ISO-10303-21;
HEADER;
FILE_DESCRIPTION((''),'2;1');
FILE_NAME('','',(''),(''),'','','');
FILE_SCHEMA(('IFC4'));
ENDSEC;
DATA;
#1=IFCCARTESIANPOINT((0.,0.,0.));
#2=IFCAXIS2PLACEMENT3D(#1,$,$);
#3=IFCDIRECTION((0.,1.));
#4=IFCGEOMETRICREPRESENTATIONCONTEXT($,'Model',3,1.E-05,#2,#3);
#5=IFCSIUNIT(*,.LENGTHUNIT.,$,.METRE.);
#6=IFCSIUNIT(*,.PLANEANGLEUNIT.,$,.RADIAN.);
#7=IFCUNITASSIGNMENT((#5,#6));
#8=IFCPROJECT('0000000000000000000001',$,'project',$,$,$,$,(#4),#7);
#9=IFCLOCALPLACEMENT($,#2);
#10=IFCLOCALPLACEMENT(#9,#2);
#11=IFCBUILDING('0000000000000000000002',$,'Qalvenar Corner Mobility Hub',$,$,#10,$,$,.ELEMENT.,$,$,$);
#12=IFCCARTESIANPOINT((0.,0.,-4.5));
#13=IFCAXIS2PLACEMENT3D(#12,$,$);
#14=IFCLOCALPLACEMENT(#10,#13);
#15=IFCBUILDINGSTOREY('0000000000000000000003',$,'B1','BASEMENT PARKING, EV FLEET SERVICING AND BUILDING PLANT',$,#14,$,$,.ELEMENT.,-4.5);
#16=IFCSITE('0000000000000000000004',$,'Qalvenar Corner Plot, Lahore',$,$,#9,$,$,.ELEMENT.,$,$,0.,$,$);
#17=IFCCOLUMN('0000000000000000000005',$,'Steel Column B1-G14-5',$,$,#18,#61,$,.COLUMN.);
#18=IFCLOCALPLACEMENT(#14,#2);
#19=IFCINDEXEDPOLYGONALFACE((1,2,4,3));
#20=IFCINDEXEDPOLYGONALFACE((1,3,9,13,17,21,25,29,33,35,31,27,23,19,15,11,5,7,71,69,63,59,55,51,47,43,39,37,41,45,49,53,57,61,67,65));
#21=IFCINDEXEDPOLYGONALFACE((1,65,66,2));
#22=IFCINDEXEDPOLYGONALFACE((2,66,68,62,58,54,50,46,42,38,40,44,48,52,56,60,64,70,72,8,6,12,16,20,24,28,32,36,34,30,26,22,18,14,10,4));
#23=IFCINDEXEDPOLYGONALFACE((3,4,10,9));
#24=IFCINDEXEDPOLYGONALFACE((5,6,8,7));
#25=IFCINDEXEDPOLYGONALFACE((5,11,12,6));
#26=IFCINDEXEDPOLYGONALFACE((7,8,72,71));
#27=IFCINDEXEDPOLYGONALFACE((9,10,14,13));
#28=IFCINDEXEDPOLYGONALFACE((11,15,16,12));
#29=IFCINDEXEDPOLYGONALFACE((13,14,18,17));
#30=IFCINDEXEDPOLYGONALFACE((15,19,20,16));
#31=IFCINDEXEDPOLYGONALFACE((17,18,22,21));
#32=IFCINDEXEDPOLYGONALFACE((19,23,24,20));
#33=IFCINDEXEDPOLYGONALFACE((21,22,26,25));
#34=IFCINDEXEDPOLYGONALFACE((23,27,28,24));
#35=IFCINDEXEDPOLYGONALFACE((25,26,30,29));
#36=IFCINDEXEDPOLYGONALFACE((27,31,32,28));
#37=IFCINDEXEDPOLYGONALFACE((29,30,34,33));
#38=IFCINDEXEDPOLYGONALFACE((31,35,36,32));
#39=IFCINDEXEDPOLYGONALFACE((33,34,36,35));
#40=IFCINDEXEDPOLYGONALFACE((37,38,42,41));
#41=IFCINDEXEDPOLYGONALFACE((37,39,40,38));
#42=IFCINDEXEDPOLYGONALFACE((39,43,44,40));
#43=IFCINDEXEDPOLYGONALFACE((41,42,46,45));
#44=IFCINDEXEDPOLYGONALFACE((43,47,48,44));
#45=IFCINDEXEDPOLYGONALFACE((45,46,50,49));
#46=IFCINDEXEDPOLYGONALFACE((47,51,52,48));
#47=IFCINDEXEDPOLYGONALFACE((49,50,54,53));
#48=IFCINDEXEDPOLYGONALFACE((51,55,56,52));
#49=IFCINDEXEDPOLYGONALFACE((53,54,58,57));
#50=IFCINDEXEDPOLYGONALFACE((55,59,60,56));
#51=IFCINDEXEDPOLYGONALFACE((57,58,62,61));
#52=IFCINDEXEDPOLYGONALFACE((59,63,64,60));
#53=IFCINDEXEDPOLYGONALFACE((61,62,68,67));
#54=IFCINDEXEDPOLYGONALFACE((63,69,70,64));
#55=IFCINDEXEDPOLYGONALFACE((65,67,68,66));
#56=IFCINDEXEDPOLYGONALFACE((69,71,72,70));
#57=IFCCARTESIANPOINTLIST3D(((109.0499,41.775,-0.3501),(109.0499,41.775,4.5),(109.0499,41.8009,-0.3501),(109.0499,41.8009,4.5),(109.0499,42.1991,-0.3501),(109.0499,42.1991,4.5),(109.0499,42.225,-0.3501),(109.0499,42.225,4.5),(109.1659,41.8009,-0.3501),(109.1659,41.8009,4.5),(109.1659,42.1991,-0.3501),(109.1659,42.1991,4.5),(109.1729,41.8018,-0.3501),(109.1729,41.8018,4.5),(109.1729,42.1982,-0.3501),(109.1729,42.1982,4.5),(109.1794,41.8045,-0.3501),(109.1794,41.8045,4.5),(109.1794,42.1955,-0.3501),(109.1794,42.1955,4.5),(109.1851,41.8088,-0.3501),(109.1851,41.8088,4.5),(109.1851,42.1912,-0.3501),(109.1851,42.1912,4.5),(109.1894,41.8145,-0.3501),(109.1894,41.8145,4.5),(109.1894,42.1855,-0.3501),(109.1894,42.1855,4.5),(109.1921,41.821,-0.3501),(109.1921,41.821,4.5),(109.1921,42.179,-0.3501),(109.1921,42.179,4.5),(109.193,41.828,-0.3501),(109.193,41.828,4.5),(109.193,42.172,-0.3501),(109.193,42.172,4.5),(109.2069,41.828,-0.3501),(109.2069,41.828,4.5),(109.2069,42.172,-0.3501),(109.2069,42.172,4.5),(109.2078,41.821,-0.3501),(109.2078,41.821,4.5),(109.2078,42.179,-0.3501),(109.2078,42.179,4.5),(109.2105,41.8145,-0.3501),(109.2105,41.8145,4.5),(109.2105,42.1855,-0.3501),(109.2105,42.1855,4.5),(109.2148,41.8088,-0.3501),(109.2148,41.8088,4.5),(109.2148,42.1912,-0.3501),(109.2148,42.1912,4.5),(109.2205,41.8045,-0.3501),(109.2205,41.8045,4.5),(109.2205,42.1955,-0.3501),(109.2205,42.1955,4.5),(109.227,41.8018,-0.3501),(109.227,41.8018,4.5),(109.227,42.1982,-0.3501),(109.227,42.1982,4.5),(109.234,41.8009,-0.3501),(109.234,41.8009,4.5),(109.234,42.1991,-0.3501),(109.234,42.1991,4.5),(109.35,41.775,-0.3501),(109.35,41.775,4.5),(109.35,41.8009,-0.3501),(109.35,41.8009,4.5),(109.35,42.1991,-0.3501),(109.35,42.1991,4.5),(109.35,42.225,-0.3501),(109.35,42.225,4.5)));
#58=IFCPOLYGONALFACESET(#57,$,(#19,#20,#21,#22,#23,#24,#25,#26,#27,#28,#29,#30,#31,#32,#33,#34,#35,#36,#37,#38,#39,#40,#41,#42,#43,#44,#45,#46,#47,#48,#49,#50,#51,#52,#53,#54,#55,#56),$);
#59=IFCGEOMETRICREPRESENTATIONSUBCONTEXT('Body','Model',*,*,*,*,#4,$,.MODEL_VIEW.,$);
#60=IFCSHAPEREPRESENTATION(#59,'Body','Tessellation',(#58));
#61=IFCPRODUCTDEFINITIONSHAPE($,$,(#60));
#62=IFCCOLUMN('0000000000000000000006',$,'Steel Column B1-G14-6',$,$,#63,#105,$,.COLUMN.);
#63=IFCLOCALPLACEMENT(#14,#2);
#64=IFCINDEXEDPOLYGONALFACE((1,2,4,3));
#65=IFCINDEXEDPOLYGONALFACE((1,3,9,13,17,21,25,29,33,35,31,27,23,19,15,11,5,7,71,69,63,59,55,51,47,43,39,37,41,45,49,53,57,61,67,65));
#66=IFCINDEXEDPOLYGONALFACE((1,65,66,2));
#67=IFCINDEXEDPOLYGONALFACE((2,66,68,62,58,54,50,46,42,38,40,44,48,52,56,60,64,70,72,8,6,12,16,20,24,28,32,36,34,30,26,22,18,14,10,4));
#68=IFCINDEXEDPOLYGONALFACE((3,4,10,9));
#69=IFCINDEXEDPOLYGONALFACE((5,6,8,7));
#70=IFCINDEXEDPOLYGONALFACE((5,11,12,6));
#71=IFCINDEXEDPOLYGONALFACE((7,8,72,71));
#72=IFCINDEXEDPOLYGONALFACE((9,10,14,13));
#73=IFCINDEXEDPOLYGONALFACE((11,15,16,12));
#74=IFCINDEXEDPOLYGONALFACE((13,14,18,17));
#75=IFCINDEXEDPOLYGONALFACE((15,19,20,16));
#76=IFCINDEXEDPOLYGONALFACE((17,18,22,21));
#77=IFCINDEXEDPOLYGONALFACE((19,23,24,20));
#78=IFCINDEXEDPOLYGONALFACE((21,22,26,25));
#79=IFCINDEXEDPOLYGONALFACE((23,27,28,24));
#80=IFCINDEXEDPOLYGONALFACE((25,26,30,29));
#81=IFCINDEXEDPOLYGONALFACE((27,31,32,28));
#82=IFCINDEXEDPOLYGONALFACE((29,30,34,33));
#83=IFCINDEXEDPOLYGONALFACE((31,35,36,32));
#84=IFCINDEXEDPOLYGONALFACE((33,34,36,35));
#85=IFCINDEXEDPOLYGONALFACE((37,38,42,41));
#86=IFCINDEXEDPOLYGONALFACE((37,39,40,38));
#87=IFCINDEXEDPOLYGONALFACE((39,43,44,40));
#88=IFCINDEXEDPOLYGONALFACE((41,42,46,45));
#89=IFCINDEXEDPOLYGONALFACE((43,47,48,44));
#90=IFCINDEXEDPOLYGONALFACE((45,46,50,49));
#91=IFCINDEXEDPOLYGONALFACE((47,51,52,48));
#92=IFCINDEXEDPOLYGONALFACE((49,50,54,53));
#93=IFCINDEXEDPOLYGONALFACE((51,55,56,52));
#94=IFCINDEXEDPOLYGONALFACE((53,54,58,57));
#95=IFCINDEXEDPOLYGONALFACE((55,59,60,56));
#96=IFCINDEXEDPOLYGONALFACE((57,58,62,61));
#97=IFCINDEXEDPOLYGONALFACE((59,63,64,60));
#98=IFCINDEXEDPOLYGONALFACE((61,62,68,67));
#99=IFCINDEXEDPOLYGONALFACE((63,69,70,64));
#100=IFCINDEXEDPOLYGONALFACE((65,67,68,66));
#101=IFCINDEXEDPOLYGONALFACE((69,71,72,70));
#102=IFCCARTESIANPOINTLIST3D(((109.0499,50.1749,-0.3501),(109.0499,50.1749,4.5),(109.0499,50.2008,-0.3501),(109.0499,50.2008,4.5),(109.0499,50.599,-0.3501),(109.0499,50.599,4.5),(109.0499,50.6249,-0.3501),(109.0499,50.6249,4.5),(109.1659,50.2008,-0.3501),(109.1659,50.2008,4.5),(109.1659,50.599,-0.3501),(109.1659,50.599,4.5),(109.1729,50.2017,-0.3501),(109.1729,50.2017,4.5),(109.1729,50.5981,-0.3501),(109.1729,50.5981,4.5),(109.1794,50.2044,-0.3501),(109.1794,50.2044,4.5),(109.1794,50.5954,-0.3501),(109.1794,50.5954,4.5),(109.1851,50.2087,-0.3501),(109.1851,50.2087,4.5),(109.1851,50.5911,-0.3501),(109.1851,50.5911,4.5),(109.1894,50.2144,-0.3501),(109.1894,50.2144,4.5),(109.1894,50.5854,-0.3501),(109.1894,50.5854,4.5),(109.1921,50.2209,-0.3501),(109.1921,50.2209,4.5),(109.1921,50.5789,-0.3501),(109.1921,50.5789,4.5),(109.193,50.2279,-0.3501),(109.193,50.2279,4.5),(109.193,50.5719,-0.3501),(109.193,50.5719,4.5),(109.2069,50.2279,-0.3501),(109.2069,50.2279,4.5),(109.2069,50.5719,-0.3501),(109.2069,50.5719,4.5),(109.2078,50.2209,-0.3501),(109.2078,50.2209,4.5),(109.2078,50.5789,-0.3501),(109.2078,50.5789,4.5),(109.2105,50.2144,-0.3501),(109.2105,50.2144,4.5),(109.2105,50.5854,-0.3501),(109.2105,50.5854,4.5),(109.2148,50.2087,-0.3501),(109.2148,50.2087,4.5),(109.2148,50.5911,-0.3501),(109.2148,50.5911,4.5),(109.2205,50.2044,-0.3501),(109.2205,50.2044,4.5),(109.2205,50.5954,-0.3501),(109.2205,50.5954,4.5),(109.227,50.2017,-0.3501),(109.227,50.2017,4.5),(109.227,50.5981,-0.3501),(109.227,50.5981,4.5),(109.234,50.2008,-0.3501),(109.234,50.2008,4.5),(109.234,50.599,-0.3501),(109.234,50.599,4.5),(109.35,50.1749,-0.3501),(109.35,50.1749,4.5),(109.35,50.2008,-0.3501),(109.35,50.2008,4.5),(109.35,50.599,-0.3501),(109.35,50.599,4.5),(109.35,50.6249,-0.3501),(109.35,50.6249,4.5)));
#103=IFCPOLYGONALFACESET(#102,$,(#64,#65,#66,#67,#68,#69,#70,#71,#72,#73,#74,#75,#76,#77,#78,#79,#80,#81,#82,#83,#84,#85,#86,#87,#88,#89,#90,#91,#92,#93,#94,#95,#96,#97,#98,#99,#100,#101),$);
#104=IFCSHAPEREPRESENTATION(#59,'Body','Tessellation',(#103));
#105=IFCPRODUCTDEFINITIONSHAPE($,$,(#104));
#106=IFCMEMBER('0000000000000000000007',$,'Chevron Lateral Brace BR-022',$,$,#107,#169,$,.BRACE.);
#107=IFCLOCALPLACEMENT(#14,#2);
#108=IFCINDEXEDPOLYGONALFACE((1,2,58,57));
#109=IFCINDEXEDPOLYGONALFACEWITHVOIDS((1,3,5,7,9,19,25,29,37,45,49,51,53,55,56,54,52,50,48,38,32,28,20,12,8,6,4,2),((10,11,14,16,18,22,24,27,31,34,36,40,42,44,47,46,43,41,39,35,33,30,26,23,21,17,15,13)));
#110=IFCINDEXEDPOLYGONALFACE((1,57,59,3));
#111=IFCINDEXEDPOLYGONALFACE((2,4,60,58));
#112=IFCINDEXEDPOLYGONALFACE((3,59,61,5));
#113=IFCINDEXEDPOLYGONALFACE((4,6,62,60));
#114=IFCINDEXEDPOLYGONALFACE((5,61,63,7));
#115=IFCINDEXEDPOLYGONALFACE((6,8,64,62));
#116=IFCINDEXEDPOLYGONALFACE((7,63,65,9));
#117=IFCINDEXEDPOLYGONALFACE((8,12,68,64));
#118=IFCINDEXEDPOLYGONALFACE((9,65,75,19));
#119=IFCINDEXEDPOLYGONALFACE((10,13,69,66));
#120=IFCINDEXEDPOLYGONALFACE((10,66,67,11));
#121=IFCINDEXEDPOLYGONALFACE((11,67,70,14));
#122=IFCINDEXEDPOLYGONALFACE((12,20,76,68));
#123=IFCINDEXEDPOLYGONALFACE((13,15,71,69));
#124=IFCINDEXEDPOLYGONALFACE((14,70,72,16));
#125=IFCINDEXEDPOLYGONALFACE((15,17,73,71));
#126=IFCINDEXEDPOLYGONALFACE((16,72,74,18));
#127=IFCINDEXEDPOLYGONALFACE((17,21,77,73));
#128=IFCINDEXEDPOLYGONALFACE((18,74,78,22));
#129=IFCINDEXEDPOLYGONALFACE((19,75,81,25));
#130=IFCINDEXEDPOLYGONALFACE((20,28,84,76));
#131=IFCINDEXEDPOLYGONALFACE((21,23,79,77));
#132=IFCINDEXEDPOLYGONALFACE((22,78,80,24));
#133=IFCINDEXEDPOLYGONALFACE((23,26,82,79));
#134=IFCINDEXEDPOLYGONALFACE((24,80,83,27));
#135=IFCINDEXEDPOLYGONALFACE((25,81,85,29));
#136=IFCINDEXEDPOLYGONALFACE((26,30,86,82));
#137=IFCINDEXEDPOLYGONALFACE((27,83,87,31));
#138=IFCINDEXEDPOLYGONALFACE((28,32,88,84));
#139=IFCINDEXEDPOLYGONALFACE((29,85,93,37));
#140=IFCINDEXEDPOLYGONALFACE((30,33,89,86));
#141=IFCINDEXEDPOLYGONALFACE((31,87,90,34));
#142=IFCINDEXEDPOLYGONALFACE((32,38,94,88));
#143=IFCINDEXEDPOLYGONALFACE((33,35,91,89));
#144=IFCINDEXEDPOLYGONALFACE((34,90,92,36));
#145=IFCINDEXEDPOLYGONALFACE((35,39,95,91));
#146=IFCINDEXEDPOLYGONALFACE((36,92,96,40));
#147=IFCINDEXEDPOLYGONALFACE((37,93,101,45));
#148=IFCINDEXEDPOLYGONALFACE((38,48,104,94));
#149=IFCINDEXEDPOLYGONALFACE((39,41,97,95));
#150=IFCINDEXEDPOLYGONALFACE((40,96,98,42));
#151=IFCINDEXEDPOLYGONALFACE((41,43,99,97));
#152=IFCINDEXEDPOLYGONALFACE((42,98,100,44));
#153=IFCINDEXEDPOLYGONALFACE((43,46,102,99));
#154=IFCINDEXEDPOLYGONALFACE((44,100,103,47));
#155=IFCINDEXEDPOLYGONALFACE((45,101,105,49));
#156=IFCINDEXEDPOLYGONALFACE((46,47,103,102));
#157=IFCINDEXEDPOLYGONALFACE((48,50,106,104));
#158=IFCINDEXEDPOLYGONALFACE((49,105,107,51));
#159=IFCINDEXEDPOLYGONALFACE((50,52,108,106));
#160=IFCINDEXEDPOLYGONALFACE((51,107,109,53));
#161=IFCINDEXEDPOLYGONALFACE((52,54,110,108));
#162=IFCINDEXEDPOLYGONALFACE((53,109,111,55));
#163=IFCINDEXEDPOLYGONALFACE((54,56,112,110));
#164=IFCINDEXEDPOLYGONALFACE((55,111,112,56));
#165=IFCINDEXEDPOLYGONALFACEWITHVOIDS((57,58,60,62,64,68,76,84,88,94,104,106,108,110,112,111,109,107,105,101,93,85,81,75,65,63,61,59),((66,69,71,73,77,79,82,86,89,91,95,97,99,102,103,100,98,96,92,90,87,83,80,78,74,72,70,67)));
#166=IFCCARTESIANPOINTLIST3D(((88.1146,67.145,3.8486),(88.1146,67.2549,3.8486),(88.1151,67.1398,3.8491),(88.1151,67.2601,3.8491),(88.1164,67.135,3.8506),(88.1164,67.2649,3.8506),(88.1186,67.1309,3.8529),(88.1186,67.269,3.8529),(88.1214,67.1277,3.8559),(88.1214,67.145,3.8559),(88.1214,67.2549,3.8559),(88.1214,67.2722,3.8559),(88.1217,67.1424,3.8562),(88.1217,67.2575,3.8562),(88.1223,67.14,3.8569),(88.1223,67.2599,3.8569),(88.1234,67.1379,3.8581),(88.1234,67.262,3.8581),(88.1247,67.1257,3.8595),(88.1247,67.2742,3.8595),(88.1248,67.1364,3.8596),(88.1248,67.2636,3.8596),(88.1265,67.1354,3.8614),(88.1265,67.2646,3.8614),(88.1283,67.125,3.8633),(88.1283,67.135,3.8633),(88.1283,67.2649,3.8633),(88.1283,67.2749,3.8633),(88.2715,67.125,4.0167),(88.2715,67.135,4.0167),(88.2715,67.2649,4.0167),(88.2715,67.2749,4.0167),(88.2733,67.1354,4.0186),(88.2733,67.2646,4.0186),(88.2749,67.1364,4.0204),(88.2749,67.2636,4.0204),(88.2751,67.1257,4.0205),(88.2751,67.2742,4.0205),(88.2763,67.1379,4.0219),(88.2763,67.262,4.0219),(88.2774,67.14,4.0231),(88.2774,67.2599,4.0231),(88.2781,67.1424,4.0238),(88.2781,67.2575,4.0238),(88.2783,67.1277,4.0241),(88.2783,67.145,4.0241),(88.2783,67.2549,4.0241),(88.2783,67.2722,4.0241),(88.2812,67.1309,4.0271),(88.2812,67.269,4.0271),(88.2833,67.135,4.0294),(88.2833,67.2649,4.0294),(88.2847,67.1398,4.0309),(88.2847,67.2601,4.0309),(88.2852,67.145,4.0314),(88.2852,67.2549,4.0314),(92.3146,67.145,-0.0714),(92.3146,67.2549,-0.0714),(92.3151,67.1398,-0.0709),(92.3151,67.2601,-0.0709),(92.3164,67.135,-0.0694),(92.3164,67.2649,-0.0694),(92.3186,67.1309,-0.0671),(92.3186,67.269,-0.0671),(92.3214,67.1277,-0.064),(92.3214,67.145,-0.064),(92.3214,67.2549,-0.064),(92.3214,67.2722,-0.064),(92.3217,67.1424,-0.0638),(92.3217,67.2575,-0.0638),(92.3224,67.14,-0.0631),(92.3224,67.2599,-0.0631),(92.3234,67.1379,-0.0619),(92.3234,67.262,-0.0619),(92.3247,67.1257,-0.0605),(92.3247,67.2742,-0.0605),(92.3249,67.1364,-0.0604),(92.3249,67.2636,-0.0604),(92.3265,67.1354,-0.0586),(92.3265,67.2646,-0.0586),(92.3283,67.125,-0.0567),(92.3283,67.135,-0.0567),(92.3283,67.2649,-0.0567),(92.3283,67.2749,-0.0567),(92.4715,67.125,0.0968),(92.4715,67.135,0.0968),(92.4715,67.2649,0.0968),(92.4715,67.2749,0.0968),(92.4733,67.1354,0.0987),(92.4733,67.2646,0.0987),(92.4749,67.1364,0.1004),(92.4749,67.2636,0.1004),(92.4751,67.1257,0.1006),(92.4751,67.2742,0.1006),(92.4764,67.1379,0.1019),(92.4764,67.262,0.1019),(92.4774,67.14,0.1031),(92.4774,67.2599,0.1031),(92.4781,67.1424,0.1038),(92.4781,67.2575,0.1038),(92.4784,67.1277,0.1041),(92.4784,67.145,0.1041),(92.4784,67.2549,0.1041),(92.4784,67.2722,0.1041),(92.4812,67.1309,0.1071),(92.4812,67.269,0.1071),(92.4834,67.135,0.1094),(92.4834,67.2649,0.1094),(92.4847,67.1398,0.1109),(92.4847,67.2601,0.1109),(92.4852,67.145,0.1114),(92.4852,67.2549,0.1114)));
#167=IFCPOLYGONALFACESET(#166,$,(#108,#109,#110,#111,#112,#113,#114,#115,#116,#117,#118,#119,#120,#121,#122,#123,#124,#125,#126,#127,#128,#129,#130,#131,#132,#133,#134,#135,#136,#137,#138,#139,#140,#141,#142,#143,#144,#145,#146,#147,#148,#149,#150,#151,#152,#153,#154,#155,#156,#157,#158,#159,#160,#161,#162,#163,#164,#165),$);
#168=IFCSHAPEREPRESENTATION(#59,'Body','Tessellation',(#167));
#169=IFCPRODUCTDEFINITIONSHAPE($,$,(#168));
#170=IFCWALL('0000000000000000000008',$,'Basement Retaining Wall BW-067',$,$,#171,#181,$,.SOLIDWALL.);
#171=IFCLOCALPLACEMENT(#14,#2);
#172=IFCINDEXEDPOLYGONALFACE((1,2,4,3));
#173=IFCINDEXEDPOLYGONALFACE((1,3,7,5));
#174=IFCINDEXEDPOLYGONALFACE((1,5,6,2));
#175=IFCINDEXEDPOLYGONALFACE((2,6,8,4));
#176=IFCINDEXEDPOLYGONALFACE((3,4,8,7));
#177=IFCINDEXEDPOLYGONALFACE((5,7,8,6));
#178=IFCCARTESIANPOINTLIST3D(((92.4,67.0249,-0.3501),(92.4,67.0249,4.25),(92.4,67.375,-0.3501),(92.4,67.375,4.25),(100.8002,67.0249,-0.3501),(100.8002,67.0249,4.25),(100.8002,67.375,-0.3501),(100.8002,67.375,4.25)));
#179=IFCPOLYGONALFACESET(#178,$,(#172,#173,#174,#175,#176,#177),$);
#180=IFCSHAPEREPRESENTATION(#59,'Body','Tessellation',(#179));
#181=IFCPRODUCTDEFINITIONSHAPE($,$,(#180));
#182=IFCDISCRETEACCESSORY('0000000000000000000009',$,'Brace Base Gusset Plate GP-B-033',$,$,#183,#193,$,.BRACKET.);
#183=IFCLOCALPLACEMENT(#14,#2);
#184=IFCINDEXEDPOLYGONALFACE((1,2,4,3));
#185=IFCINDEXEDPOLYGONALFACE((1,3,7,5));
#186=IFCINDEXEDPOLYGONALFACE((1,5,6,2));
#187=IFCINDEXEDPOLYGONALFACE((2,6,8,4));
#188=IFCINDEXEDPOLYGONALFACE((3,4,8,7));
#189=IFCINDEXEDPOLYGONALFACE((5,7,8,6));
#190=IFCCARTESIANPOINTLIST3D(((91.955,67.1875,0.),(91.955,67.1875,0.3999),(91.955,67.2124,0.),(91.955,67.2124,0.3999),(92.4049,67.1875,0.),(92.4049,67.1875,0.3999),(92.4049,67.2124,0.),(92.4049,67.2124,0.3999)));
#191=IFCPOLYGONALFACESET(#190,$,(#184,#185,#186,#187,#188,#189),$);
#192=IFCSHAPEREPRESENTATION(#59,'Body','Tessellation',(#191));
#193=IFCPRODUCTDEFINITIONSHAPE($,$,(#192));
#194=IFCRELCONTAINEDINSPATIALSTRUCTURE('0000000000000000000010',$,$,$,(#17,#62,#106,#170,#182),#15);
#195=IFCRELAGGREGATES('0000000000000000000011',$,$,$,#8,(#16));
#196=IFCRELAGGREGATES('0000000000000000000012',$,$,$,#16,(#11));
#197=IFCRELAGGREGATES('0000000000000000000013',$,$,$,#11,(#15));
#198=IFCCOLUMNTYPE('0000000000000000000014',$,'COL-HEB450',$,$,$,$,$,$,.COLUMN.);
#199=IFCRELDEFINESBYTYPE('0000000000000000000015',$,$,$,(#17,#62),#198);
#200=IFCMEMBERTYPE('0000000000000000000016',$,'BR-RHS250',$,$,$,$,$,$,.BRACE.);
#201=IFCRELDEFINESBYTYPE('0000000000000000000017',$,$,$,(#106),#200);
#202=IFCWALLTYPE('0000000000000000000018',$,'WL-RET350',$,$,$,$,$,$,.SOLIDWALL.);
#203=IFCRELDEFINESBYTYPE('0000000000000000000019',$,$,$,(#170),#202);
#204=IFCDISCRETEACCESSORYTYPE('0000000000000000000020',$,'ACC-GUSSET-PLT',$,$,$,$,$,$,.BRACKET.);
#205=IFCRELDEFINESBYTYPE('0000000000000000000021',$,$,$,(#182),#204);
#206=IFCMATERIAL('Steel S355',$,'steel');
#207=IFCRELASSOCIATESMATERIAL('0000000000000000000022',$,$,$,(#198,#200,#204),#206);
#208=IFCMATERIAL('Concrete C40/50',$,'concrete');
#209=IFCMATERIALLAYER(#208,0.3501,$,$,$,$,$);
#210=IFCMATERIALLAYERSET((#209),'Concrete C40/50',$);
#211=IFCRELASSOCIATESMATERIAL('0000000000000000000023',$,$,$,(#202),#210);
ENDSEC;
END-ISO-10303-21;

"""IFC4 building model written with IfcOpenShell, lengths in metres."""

from ifc_helpers import new_model, si_unit, direction, frame, frame_2d, origin, origin_2d, place, context, subcontext, project, spatial, rectangle, hollow_rectangle, i_section, extrude, material, layer, layer_set, material_profile, profile_set, type_object, element, save


model = new_model("IFC4")

# Units and contexts
model_context = context("Model", 3, precision=1e-05, world=origin(), true_north=direction((0.0, 1.0)))
body_context = subcontext(model_context, "Body", "Model", "MODEL_VIEW")
ifc_project = project(units=[si_unit("LENGTHUNIT", "METRE"), si_unit("PLANEANGLEUNIT", "RADIAN")], contexts=[model_context])

# Site, building, storey
site_placement = place(None, origin())
site = spatial("IfcSite", under=ifc_project, at=site_placement, Name="Qalvenar Corner Plot, Lahore", CompositionType="ELEMENT", RefElevation=0.0)
building_placement = place(site_placement, origin())
building = spatial("IfcBuilding", under=site, at=building_placement, Name="Qalvenar Corner Mobility Hub", CompositionType="ELEMENT")
storey_placement = place(building_placement, frame((0.0, 0.0, -4.5)))
storey = spatial("IfcBuildingStorey", under=building, at=storey_placement, Name="B1", Description="BASEMENT PARKING, EV FLEET SERVICING AND BUILDING PLANT", CompositionType="ELEMENT", Elevation=-4.5)

# Shared definitions
ifc_material_1 = material(Name="Concrete C40/50", Category="concrete")

# Columns
ifc_material_2 = material(Name="Steel S355", Category="steel")
ifc_material_profile_1 = material_profile(ifc_material_2, i_section(OverallWidth=0.3, OverallDepth=0.45, WebThickness=0.0139, FlangeThickness=0.0259, FilletRadius=0.0271, at=origin_2d()), Name="HEB450")
ifc_profile_set_1 = profile_set([ifc_material_profile_1], Name="Steel S355")
column_type_1 = type_object("IfcColumnType", Name="COL-HEB450", PredefinedType="COLUMN", material=ifc_profile_set_1)
for number, where, z_axis, x_axis, name in (
    (1, (109.2, 42.0, -0.3501), (0.0, 0.0, 1.0), (1.0, 0.0, 0.0), "Steel Column B1-G14-5"),
    (2, (109.2, 50.3999, -0.3501), (0.0, 0.0, 1.0), (1.0, 0.0, 0.0), "Steel Column B1-G14-6"),
):
    element("IfcColumn", number, at=place(storey_placement, frame(where, z_axis=z_axis, x_axis=x_axis)), inside=storey, type_object=column_type_1, Name=name, PredefinedType="COLUMN", context=body_context, shape_type="SweptSolid", body=[
        extrude(i_section(OverallWidth=0.3, OverallDepth=0.45, WebThickness=0.0139, FlangeThickness=0.0259, FilletRadius=0.0271, at=origin_2d()), origin(), (0.0, 0.0, 1.0), 4.8501),
    ])

# Member
ifc_material_profile_2 = material_profile(ifc_material_2, hollow_rectangle(XDim=0.1499, YDim=0.25, WallThickness=0.01, InnerFilletRadius=0.01, OuterFilletRadius=0.02, at=origin_2d()), Name="RHS250x150x10")
ifc_profile_set_2 = profile_set([ifc_material_profile_2], Name="Steel S355")
member_type = type_object("IfcMemberType", Name="BR-RHS250", PredefinedType="BRACE", material=ifc_profile_set_2)
member_placement = place(storey_placement, frame((92.3999, 67.2, 0.02), z_axis=(-0.731058, 0.0, 0.682315), x_axis=(0.0, -1.0, 0.0)))
element("IfcMember", 3, at=member_placement, inside=storey, type_object=member_type, Name="Chevron Lateral Brace BR-022", PredefinedType="BRACE", context=body_context, shape_type="SweptSolid", body=[
    extrude(hollow_rectangle(XDim=0.1499, YDim=0.25, WallThickness=0.01, InnerFilletRadius=0.01, OuterFilletRadius=0.02, at=origin_2d()), origin(), (0.0, 0.0, 1.0), 5.7451),
])

# Wall
ifc_layer = layer(ifc_material_1, 0.3501)
ifc_layer_set = layer_set([ifc_layer], Name="Concrete C40/50")
wall_type = type_object("IfcWallType", Name="WL-RET350", PredefinedType="SOLIDWALL", material=ifc_layer_set)
wall_placement = place(storey_placement, frame((92.3999, 67.2, -0.3501), z_axis=(0.0, 0.0, 1.0), x_axis=(1.0, 0.0, 0.0)))
element("IfcWall", 4, at=wall_placement, inside=storey, type_object=wall_type, Name="Basement Retaining Wall BW-067", PredefinedType="SOLIDWALL", context=body_context, shape_type="SweptSolid", body=[
    extrude(rectangle(XDim=8.4001, YDim=0.3501, at=frame_2d((4.2002, 0.0))), origin(), (0.0, 0.0, 1.0), 4.6001),
])

# Discrete accessory
discrete_accessory_type = type_object("IfcDiscreteAccessoryType", Name="ACC-GUSSET-PLT", PredefinedType="BRACKET", material=ifc_material_2)
discrete_accessory_placement = place(storey_placement, frame((92.1799, 67.2, 0.0), z_axis=(0.0, 0.0, 1.0), x_axis=(1.0, 0.0, 0.0)))
element("IfcDiscreteAccessory", 5, at=discrete_accessory_placement, inside=storey, type_object=discrete_accessory_type, Name="Brace Base Gusset Plate GP-B-033", PredefinedType="BRACKET", context=body_context, shape_type="SweptSolid", body=[
    extrude(rectangle(XDim=0.45, YDim=0.0249, at=origin_2d()), origin(), (0.0, 0.0, 1.0), 0.3999),
])

save(model, "model.ifc")
